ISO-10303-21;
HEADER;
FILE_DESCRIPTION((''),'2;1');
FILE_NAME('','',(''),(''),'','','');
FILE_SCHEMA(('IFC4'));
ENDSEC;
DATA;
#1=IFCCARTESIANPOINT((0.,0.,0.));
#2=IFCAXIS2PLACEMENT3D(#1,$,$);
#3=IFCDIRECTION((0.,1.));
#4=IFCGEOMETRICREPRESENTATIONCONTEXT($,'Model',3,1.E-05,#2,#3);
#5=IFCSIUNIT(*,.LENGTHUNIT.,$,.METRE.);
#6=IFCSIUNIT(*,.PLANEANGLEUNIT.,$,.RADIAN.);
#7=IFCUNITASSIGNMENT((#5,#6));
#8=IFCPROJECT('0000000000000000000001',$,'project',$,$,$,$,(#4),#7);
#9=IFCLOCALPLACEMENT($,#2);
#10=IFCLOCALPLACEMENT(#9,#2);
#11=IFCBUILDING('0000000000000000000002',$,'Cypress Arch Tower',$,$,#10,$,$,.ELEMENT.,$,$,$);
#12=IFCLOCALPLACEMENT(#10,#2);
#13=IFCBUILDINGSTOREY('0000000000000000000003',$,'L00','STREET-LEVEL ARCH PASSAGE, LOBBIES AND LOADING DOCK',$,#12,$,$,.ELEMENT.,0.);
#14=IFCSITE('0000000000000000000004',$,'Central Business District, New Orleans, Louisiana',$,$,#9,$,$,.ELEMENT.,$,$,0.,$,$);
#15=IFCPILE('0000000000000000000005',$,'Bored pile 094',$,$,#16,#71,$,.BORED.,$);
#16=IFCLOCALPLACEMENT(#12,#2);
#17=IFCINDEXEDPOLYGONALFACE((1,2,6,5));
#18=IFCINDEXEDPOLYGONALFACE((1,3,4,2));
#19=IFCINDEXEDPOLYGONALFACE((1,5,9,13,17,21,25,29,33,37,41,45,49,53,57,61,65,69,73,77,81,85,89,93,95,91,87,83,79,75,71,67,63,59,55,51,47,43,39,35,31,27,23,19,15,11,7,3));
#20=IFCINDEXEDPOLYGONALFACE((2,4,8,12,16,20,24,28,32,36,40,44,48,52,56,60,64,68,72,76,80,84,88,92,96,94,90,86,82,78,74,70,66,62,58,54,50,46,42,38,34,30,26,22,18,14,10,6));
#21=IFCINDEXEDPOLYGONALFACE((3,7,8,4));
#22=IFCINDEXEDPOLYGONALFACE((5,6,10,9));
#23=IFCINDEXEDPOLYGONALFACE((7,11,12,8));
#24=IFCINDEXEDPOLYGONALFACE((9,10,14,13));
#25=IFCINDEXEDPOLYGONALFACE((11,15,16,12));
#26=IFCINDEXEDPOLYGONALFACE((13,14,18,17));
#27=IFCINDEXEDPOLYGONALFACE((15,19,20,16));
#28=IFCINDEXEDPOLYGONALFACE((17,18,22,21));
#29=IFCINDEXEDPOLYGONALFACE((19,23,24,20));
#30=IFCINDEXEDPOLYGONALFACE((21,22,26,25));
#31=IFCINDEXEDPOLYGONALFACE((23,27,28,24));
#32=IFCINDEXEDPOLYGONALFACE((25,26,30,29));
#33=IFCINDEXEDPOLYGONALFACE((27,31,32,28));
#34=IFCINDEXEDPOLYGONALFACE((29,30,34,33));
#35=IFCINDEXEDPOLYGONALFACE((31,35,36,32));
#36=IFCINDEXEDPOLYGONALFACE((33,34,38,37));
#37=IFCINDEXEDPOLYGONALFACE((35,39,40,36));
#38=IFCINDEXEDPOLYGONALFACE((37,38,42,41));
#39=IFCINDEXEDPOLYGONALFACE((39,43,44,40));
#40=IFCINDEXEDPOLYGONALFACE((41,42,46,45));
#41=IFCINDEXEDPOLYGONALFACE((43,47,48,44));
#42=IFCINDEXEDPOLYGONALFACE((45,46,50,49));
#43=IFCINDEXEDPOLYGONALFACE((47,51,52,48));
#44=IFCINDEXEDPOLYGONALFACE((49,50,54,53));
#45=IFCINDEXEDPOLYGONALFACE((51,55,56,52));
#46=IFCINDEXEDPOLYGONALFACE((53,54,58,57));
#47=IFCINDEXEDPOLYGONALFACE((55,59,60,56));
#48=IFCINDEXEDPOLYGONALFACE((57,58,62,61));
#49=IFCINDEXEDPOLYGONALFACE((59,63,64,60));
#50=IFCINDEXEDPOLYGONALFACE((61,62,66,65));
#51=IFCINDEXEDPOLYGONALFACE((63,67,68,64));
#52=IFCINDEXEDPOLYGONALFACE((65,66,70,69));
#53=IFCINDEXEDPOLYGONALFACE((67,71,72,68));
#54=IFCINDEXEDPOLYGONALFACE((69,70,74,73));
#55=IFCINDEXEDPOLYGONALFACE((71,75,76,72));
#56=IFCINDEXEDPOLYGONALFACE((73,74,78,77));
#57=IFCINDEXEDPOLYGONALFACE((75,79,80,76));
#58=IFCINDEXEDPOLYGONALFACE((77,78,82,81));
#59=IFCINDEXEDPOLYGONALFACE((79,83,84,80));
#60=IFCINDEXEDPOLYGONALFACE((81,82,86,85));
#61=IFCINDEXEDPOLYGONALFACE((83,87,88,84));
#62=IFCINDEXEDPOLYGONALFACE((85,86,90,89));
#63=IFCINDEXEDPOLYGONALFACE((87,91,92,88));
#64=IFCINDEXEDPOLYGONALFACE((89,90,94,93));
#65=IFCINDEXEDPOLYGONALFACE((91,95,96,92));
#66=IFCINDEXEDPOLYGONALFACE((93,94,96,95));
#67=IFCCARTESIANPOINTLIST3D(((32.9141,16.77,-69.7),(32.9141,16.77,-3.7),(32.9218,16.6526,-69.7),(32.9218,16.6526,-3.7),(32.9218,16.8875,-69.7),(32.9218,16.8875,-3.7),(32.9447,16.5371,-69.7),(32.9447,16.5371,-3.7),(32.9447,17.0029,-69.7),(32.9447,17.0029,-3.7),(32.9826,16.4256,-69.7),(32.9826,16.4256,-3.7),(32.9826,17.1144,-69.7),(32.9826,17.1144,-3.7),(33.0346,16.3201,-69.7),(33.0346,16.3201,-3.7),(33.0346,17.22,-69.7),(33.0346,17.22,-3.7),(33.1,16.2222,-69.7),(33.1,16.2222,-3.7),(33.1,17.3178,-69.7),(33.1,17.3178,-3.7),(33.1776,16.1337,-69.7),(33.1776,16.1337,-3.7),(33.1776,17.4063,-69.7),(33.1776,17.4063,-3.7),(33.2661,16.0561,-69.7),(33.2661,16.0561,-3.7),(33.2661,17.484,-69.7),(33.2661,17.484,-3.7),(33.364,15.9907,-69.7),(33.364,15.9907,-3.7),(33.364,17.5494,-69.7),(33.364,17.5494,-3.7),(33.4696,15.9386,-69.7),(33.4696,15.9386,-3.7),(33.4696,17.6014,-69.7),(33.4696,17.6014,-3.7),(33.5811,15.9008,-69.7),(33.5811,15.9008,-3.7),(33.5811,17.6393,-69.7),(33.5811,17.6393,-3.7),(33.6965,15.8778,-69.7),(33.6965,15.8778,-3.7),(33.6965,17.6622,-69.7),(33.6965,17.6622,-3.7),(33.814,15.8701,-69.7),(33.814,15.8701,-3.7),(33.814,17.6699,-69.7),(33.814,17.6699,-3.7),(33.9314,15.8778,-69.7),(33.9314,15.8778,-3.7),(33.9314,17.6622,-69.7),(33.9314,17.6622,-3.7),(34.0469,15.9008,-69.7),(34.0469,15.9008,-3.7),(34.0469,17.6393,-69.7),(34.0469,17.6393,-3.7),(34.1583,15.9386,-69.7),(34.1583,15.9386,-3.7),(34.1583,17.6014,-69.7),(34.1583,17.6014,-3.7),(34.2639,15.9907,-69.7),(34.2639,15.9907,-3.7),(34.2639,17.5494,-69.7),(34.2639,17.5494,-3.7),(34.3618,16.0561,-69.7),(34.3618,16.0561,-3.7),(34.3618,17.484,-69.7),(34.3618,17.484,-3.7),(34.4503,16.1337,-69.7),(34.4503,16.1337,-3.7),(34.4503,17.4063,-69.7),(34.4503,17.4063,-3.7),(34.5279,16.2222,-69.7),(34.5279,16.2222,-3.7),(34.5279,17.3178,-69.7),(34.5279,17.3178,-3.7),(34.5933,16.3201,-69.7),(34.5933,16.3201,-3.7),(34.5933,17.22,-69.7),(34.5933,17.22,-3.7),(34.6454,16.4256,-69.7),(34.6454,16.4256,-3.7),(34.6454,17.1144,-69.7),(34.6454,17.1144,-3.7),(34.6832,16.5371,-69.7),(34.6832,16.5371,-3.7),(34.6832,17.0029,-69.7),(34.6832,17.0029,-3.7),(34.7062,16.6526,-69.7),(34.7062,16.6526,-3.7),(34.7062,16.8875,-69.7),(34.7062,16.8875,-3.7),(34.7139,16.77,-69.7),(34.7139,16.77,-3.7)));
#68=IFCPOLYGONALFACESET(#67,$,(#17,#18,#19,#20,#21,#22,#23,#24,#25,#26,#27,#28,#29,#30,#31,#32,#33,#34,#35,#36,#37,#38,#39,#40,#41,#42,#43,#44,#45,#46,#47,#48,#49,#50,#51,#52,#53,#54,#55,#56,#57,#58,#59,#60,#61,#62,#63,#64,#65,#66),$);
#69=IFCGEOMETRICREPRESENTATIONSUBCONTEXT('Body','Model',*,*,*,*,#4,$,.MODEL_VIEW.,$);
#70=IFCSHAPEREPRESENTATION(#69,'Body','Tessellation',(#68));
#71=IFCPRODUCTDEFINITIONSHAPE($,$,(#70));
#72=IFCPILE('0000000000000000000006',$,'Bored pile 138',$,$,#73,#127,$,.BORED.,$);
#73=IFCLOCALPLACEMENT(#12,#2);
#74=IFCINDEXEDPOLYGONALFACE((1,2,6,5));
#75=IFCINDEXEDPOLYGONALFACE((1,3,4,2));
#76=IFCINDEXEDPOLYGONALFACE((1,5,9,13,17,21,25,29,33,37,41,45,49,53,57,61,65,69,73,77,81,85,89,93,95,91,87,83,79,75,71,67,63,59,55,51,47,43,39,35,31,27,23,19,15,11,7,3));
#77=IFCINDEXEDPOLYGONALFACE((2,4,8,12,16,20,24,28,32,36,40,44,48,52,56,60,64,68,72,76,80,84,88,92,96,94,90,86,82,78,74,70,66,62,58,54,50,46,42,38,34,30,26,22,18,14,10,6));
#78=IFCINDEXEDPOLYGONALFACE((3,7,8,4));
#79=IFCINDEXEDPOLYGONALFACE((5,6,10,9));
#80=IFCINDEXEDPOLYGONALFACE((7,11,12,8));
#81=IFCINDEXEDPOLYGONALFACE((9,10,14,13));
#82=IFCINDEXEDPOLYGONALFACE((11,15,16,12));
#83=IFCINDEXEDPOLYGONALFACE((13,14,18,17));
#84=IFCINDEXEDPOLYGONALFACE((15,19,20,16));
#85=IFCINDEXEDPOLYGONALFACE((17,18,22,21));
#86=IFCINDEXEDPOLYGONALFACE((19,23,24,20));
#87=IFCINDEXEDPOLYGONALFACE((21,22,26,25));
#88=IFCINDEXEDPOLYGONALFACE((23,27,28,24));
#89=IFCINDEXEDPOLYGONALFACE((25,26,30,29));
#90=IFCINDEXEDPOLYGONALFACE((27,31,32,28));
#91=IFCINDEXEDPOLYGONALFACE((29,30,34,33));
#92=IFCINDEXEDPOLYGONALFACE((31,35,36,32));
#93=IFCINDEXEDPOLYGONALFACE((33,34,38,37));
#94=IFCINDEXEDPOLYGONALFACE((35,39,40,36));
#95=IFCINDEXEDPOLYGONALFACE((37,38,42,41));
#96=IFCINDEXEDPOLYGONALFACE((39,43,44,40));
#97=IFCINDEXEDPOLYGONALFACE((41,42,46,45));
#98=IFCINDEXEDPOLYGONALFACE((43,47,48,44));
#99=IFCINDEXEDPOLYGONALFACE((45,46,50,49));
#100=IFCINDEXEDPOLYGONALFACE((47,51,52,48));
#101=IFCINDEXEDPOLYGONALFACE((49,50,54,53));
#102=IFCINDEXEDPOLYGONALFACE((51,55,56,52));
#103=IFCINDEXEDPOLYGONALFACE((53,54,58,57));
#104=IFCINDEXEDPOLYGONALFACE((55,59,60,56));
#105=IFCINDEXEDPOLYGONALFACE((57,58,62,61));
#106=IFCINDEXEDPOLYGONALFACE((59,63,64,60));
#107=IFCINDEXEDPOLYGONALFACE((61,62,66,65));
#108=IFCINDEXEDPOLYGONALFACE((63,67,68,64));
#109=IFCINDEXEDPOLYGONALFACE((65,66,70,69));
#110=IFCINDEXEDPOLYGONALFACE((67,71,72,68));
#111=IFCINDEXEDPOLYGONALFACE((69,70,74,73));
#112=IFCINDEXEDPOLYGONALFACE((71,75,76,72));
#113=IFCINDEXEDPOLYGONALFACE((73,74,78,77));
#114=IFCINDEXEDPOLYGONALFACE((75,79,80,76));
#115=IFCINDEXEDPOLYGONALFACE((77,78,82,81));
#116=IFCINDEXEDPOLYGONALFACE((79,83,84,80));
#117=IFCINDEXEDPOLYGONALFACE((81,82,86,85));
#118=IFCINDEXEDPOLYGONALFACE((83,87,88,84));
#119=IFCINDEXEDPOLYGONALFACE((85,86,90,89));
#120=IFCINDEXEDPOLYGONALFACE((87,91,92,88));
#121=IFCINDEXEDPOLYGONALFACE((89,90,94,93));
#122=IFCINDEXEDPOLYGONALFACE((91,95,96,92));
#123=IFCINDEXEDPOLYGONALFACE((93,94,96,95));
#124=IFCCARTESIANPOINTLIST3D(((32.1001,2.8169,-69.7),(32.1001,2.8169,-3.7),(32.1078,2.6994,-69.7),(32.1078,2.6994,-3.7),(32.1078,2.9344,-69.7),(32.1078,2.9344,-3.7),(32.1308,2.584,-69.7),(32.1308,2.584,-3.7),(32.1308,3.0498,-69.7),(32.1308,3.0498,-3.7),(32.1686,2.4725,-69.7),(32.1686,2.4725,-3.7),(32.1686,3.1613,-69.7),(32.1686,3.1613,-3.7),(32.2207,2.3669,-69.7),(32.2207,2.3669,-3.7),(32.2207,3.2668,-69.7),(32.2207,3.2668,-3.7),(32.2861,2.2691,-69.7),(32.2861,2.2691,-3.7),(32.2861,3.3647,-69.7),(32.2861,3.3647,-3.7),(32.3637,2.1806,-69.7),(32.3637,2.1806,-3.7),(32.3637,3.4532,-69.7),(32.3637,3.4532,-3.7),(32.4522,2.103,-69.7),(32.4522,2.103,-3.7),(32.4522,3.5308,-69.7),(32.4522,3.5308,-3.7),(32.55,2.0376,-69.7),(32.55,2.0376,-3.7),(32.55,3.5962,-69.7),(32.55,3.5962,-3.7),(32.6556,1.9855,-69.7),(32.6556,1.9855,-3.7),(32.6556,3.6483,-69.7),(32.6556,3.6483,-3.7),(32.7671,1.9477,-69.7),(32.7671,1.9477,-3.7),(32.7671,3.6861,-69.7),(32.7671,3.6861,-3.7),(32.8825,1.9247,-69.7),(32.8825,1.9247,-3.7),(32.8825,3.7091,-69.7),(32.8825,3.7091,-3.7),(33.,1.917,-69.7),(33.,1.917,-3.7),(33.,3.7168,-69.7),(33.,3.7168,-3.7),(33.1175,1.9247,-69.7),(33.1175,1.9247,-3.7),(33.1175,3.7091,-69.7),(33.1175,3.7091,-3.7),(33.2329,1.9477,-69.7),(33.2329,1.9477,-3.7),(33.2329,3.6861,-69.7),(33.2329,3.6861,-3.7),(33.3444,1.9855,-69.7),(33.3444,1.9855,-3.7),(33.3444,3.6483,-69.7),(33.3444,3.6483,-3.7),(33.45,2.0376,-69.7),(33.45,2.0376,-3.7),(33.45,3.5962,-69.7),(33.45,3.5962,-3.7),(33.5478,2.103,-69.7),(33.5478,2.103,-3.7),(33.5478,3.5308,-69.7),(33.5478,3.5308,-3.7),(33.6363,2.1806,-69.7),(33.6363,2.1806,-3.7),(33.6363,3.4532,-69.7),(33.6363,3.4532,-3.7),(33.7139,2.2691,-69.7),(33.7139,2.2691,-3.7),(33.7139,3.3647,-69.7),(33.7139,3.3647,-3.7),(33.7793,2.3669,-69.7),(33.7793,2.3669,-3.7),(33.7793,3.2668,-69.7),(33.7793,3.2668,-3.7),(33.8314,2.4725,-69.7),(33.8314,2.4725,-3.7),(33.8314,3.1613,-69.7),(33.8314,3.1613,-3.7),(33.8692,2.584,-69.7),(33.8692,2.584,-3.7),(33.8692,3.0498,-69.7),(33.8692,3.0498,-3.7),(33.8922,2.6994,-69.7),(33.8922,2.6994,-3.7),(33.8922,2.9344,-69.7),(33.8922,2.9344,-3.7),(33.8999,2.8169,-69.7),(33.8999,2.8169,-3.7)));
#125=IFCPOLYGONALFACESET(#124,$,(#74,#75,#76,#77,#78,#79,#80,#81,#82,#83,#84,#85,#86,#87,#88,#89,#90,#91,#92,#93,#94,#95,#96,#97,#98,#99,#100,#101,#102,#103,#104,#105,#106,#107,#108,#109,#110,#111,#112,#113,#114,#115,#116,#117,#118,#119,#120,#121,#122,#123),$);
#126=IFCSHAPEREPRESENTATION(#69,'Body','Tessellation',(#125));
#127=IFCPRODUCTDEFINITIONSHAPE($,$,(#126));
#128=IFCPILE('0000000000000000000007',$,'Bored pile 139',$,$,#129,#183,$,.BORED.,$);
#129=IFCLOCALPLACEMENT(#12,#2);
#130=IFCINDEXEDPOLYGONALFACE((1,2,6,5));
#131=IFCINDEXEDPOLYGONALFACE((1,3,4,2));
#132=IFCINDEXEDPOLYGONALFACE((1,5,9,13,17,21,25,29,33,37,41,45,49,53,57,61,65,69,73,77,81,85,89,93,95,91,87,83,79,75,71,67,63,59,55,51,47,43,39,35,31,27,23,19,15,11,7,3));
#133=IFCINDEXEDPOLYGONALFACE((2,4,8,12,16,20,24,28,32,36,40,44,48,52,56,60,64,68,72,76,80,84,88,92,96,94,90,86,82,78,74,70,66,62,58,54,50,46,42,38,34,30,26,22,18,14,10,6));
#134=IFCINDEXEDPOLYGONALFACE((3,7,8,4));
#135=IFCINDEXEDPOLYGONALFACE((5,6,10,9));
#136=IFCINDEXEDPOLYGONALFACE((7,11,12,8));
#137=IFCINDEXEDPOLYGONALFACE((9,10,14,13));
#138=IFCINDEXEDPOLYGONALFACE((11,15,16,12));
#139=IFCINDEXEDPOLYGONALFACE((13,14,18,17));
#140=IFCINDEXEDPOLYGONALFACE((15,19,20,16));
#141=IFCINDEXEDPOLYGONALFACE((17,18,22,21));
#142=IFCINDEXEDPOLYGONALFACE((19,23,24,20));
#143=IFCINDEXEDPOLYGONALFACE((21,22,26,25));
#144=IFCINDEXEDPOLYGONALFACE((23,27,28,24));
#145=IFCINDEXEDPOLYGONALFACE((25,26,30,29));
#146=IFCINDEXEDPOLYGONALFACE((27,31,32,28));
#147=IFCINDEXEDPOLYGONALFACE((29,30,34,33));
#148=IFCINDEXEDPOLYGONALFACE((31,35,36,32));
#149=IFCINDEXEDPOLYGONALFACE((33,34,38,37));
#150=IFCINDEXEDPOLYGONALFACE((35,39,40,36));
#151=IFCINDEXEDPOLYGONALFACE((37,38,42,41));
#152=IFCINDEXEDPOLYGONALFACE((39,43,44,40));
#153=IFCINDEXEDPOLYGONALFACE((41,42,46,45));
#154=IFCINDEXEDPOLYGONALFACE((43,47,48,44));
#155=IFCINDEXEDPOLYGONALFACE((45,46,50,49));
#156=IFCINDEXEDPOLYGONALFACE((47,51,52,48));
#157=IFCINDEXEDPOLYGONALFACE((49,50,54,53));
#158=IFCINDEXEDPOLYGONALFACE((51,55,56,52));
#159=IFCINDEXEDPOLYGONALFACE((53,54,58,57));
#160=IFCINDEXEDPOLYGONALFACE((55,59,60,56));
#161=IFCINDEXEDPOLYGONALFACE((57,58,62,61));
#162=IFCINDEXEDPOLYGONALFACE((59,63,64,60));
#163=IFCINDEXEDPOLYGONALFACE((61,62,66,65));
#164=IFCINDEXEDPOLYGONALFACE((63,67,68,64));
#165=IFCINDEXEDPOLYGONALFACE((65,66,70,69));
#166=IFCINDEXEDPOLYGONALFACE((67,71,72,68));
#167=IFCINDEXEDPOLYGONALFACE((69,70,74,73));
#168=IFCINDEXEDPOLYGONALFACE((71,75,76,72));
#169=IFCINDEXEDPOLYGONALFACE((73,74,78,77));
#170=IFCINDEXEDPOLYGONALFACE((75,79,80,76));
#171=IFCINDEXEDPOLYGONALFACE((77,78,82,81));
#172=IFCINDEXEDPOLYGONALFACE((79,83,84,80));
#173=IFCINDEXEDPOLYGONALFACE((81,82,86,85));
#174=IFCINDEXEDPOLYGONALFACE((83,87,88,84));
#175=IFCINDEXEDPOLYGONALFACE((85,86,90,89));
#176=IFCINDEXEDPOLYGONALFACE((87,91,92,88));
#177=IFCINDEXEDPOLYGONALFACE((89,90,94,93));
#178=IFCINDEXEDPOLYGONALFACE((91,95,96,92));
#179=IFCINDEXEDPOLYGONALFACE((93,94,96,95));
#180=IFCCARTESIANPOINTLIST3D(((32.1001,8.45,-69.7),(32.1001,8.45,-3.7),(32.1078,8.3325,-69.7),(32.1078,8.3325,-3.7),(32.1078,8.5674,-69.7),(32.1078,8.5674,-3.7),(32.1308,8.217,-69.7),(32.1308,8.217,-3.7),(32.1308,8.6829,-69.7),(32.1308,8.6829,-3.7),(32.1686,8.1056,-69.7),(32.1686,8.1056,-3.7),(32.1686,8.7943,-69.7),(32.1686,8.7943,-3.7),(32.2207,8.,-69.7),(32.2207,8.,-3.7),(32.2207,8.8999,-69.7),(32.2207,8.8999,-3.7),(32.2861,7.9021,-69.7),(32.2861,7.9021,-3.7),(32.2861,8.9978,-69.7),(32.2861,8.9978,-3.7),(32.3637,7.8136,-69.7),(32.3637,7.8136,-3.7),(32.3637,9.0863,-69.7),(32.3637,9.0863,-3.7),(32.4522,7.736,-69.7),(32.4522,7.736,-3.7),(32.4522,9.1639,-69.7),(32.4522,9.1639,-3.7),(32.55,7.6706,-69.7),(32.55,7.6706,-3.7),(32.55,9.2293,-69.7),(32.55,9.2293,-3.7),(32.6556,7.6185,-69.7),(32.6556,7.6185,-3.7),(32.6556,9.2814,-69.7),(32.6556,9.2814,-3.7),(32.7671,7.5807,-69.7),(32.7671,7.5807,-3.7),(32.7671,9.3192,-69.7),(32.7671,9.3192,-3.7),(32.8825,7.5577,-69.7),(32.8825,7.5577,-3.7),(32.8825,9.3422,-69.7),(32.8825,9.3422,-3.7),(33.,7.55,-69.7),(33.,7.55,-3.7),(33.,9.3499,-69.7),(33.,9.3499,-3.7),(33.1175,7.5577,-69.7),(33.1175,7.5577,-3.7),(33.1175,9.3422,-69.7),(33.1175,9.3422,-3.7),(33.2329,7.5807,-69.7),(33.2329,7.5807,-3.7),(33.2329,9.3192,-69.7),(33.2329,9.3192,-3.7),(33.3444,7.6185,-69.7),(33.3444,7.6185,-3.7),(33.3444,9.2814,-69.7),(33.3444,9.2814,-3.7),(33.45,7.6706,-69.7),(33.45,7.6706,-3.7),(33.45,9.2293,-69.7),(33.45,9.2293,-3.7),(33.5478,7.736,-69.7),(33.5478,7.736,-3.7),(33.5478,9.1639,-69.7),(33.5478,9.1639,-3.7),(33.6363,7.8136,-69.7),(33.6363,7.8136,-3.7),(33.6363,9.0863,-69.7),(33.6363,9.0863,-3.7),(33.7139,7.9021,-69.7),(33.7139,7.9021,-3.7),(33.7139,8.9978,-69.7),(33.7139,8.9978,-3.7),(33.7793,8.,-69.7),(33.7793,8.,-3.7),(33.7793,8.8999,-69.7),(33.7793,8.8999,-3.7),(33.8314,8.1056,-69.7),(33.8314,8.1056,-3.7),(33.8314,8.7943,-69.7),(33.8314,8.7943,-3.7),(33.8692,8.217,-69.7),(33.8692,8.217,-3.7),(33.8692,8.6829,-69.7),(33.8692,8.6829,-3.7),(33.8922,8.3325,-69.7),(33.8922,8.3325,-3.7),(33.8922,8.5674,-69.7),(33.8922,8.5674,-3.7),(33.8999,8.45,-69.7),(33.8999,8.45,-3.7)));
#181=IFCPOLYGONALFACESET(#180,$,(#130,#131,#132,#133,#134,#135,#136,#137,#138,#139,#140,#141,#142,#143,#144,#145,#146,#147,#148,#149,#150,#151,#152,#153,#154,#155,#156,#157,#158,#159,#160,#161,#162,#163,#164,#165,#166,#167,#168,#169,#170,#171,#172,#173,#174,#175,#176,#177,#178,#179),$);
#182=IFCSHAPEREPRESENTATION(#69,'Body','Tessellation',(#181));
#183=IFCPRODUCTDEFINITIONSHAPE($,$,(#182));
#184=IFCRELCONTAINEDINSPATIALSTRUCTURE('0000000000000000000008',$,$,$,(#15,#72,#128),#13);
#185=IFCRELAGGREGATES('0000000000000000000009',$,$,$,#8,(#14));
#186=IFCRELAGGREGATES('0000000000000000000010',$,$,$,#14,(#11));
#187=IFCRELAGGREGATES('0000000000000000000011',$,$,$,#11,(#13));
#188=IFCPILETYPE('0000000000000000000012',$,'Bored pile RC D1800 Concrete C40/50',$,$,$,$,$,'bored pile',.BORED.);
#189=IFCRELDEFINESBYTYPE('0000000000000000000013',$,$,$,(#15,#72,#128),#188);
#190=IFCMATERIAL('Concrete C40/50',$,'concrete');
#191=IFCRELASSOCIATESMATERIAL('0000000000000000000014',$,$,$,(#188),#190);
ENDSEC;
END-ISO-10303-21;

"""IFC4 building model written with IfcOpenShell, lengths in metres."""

from ifc_helpers import new_model, si_unit, direction, frame, origin, origin_2d, place, context, subcontext, project, spatial, circle, extrude, material, material_profile, profile_set, type_object, element, save


model = new_model("IFC4")

# Units and contexts
model_context = context("Model", 3, precision=1e-05, world=origin(), true_north=direction((0.0, 1.0)))
body_context = subcontext(model_context, "Body", "Model", "MODEL_VIEW")
ifc_project = project(units=[si_unit("LENGTHUNIT", "METRE"), si_unit("PLANEANGLEUNIT", "RADIAN")], contexts=[model_context])

# Site, building, storey
site_placement = place(None, origin())
site = spatial("IfcSite", under=ifc_project, at=site_placement, Name="Central Business District, New Orleans, Louisiana", CompositionType="ELEMENT", RefElevation=0.0)
building_placement = place(site_placement, origin())
building = spatial("IfcBuilding", under=site, at=building_placement, Name="Cypress Arch Tower", CompositionType="ELEMENT")
storey_placement = place(building_placement, origin())
storey = spatial("IfcBuildingStorey", under=building, at=storey_placement, Name="L00", Description="STREET-LEVEL ARCH PASSAGE, LOBBIES AND LOADING DOCK", CompositionType="ELEMENT", Elevation=0.0)

# Piles
ifc_material_1 = material(Name="Concrete C40/50", Category="concrete")
ifc_material_profile_1 = material_profile(ifc_material_1, circle(Radius=0.8999, at=origin_2d()), Name="RC D1800")
ifc_profile_set_1 = profile_set([ifc_material_profile_1], Name="Concrete C40/50")
pile_type = type_object("IfcPileType", Name="Bored pile RC D1800 Concrete C40/50", ElementType="bored pile", PredefinedType="BORED", material=ifc_profile_set_1)
for number, where, z_axis, x_axis, name in (
    (1, (33.814, 16.77, -3.7), (0.0, 0.0, -1.0), (1.0, 0.0, 0.0), "Bored pile 094"),
    (2, (33.0, 2.8169, -3.7), (0.0, 0.0, -1.0), (1.0, 0.0, 0.0), "Bored pile 138"),
    (3, (33.0, 8.45, -3.7), (0.0, 0.0, -1.0), (1.0, 0.0, 0.0), "Bored pile 139"),
):
    element("IfcPile", number, at=place(storey_placement, frame(where, z_axis=z_axis, x_axis=x_axis)), inside=storey, type_object=pile_type, Name=name, PredefinedType="BORED", context=body_context, shape_type="SweptSolid", body=[
        extrude(circle(Radius=0.8999, at=origin_2d()), origin(), (0.0, 0.0, 1.0), 66.0),
    ])

save(model, "model.ifc")
